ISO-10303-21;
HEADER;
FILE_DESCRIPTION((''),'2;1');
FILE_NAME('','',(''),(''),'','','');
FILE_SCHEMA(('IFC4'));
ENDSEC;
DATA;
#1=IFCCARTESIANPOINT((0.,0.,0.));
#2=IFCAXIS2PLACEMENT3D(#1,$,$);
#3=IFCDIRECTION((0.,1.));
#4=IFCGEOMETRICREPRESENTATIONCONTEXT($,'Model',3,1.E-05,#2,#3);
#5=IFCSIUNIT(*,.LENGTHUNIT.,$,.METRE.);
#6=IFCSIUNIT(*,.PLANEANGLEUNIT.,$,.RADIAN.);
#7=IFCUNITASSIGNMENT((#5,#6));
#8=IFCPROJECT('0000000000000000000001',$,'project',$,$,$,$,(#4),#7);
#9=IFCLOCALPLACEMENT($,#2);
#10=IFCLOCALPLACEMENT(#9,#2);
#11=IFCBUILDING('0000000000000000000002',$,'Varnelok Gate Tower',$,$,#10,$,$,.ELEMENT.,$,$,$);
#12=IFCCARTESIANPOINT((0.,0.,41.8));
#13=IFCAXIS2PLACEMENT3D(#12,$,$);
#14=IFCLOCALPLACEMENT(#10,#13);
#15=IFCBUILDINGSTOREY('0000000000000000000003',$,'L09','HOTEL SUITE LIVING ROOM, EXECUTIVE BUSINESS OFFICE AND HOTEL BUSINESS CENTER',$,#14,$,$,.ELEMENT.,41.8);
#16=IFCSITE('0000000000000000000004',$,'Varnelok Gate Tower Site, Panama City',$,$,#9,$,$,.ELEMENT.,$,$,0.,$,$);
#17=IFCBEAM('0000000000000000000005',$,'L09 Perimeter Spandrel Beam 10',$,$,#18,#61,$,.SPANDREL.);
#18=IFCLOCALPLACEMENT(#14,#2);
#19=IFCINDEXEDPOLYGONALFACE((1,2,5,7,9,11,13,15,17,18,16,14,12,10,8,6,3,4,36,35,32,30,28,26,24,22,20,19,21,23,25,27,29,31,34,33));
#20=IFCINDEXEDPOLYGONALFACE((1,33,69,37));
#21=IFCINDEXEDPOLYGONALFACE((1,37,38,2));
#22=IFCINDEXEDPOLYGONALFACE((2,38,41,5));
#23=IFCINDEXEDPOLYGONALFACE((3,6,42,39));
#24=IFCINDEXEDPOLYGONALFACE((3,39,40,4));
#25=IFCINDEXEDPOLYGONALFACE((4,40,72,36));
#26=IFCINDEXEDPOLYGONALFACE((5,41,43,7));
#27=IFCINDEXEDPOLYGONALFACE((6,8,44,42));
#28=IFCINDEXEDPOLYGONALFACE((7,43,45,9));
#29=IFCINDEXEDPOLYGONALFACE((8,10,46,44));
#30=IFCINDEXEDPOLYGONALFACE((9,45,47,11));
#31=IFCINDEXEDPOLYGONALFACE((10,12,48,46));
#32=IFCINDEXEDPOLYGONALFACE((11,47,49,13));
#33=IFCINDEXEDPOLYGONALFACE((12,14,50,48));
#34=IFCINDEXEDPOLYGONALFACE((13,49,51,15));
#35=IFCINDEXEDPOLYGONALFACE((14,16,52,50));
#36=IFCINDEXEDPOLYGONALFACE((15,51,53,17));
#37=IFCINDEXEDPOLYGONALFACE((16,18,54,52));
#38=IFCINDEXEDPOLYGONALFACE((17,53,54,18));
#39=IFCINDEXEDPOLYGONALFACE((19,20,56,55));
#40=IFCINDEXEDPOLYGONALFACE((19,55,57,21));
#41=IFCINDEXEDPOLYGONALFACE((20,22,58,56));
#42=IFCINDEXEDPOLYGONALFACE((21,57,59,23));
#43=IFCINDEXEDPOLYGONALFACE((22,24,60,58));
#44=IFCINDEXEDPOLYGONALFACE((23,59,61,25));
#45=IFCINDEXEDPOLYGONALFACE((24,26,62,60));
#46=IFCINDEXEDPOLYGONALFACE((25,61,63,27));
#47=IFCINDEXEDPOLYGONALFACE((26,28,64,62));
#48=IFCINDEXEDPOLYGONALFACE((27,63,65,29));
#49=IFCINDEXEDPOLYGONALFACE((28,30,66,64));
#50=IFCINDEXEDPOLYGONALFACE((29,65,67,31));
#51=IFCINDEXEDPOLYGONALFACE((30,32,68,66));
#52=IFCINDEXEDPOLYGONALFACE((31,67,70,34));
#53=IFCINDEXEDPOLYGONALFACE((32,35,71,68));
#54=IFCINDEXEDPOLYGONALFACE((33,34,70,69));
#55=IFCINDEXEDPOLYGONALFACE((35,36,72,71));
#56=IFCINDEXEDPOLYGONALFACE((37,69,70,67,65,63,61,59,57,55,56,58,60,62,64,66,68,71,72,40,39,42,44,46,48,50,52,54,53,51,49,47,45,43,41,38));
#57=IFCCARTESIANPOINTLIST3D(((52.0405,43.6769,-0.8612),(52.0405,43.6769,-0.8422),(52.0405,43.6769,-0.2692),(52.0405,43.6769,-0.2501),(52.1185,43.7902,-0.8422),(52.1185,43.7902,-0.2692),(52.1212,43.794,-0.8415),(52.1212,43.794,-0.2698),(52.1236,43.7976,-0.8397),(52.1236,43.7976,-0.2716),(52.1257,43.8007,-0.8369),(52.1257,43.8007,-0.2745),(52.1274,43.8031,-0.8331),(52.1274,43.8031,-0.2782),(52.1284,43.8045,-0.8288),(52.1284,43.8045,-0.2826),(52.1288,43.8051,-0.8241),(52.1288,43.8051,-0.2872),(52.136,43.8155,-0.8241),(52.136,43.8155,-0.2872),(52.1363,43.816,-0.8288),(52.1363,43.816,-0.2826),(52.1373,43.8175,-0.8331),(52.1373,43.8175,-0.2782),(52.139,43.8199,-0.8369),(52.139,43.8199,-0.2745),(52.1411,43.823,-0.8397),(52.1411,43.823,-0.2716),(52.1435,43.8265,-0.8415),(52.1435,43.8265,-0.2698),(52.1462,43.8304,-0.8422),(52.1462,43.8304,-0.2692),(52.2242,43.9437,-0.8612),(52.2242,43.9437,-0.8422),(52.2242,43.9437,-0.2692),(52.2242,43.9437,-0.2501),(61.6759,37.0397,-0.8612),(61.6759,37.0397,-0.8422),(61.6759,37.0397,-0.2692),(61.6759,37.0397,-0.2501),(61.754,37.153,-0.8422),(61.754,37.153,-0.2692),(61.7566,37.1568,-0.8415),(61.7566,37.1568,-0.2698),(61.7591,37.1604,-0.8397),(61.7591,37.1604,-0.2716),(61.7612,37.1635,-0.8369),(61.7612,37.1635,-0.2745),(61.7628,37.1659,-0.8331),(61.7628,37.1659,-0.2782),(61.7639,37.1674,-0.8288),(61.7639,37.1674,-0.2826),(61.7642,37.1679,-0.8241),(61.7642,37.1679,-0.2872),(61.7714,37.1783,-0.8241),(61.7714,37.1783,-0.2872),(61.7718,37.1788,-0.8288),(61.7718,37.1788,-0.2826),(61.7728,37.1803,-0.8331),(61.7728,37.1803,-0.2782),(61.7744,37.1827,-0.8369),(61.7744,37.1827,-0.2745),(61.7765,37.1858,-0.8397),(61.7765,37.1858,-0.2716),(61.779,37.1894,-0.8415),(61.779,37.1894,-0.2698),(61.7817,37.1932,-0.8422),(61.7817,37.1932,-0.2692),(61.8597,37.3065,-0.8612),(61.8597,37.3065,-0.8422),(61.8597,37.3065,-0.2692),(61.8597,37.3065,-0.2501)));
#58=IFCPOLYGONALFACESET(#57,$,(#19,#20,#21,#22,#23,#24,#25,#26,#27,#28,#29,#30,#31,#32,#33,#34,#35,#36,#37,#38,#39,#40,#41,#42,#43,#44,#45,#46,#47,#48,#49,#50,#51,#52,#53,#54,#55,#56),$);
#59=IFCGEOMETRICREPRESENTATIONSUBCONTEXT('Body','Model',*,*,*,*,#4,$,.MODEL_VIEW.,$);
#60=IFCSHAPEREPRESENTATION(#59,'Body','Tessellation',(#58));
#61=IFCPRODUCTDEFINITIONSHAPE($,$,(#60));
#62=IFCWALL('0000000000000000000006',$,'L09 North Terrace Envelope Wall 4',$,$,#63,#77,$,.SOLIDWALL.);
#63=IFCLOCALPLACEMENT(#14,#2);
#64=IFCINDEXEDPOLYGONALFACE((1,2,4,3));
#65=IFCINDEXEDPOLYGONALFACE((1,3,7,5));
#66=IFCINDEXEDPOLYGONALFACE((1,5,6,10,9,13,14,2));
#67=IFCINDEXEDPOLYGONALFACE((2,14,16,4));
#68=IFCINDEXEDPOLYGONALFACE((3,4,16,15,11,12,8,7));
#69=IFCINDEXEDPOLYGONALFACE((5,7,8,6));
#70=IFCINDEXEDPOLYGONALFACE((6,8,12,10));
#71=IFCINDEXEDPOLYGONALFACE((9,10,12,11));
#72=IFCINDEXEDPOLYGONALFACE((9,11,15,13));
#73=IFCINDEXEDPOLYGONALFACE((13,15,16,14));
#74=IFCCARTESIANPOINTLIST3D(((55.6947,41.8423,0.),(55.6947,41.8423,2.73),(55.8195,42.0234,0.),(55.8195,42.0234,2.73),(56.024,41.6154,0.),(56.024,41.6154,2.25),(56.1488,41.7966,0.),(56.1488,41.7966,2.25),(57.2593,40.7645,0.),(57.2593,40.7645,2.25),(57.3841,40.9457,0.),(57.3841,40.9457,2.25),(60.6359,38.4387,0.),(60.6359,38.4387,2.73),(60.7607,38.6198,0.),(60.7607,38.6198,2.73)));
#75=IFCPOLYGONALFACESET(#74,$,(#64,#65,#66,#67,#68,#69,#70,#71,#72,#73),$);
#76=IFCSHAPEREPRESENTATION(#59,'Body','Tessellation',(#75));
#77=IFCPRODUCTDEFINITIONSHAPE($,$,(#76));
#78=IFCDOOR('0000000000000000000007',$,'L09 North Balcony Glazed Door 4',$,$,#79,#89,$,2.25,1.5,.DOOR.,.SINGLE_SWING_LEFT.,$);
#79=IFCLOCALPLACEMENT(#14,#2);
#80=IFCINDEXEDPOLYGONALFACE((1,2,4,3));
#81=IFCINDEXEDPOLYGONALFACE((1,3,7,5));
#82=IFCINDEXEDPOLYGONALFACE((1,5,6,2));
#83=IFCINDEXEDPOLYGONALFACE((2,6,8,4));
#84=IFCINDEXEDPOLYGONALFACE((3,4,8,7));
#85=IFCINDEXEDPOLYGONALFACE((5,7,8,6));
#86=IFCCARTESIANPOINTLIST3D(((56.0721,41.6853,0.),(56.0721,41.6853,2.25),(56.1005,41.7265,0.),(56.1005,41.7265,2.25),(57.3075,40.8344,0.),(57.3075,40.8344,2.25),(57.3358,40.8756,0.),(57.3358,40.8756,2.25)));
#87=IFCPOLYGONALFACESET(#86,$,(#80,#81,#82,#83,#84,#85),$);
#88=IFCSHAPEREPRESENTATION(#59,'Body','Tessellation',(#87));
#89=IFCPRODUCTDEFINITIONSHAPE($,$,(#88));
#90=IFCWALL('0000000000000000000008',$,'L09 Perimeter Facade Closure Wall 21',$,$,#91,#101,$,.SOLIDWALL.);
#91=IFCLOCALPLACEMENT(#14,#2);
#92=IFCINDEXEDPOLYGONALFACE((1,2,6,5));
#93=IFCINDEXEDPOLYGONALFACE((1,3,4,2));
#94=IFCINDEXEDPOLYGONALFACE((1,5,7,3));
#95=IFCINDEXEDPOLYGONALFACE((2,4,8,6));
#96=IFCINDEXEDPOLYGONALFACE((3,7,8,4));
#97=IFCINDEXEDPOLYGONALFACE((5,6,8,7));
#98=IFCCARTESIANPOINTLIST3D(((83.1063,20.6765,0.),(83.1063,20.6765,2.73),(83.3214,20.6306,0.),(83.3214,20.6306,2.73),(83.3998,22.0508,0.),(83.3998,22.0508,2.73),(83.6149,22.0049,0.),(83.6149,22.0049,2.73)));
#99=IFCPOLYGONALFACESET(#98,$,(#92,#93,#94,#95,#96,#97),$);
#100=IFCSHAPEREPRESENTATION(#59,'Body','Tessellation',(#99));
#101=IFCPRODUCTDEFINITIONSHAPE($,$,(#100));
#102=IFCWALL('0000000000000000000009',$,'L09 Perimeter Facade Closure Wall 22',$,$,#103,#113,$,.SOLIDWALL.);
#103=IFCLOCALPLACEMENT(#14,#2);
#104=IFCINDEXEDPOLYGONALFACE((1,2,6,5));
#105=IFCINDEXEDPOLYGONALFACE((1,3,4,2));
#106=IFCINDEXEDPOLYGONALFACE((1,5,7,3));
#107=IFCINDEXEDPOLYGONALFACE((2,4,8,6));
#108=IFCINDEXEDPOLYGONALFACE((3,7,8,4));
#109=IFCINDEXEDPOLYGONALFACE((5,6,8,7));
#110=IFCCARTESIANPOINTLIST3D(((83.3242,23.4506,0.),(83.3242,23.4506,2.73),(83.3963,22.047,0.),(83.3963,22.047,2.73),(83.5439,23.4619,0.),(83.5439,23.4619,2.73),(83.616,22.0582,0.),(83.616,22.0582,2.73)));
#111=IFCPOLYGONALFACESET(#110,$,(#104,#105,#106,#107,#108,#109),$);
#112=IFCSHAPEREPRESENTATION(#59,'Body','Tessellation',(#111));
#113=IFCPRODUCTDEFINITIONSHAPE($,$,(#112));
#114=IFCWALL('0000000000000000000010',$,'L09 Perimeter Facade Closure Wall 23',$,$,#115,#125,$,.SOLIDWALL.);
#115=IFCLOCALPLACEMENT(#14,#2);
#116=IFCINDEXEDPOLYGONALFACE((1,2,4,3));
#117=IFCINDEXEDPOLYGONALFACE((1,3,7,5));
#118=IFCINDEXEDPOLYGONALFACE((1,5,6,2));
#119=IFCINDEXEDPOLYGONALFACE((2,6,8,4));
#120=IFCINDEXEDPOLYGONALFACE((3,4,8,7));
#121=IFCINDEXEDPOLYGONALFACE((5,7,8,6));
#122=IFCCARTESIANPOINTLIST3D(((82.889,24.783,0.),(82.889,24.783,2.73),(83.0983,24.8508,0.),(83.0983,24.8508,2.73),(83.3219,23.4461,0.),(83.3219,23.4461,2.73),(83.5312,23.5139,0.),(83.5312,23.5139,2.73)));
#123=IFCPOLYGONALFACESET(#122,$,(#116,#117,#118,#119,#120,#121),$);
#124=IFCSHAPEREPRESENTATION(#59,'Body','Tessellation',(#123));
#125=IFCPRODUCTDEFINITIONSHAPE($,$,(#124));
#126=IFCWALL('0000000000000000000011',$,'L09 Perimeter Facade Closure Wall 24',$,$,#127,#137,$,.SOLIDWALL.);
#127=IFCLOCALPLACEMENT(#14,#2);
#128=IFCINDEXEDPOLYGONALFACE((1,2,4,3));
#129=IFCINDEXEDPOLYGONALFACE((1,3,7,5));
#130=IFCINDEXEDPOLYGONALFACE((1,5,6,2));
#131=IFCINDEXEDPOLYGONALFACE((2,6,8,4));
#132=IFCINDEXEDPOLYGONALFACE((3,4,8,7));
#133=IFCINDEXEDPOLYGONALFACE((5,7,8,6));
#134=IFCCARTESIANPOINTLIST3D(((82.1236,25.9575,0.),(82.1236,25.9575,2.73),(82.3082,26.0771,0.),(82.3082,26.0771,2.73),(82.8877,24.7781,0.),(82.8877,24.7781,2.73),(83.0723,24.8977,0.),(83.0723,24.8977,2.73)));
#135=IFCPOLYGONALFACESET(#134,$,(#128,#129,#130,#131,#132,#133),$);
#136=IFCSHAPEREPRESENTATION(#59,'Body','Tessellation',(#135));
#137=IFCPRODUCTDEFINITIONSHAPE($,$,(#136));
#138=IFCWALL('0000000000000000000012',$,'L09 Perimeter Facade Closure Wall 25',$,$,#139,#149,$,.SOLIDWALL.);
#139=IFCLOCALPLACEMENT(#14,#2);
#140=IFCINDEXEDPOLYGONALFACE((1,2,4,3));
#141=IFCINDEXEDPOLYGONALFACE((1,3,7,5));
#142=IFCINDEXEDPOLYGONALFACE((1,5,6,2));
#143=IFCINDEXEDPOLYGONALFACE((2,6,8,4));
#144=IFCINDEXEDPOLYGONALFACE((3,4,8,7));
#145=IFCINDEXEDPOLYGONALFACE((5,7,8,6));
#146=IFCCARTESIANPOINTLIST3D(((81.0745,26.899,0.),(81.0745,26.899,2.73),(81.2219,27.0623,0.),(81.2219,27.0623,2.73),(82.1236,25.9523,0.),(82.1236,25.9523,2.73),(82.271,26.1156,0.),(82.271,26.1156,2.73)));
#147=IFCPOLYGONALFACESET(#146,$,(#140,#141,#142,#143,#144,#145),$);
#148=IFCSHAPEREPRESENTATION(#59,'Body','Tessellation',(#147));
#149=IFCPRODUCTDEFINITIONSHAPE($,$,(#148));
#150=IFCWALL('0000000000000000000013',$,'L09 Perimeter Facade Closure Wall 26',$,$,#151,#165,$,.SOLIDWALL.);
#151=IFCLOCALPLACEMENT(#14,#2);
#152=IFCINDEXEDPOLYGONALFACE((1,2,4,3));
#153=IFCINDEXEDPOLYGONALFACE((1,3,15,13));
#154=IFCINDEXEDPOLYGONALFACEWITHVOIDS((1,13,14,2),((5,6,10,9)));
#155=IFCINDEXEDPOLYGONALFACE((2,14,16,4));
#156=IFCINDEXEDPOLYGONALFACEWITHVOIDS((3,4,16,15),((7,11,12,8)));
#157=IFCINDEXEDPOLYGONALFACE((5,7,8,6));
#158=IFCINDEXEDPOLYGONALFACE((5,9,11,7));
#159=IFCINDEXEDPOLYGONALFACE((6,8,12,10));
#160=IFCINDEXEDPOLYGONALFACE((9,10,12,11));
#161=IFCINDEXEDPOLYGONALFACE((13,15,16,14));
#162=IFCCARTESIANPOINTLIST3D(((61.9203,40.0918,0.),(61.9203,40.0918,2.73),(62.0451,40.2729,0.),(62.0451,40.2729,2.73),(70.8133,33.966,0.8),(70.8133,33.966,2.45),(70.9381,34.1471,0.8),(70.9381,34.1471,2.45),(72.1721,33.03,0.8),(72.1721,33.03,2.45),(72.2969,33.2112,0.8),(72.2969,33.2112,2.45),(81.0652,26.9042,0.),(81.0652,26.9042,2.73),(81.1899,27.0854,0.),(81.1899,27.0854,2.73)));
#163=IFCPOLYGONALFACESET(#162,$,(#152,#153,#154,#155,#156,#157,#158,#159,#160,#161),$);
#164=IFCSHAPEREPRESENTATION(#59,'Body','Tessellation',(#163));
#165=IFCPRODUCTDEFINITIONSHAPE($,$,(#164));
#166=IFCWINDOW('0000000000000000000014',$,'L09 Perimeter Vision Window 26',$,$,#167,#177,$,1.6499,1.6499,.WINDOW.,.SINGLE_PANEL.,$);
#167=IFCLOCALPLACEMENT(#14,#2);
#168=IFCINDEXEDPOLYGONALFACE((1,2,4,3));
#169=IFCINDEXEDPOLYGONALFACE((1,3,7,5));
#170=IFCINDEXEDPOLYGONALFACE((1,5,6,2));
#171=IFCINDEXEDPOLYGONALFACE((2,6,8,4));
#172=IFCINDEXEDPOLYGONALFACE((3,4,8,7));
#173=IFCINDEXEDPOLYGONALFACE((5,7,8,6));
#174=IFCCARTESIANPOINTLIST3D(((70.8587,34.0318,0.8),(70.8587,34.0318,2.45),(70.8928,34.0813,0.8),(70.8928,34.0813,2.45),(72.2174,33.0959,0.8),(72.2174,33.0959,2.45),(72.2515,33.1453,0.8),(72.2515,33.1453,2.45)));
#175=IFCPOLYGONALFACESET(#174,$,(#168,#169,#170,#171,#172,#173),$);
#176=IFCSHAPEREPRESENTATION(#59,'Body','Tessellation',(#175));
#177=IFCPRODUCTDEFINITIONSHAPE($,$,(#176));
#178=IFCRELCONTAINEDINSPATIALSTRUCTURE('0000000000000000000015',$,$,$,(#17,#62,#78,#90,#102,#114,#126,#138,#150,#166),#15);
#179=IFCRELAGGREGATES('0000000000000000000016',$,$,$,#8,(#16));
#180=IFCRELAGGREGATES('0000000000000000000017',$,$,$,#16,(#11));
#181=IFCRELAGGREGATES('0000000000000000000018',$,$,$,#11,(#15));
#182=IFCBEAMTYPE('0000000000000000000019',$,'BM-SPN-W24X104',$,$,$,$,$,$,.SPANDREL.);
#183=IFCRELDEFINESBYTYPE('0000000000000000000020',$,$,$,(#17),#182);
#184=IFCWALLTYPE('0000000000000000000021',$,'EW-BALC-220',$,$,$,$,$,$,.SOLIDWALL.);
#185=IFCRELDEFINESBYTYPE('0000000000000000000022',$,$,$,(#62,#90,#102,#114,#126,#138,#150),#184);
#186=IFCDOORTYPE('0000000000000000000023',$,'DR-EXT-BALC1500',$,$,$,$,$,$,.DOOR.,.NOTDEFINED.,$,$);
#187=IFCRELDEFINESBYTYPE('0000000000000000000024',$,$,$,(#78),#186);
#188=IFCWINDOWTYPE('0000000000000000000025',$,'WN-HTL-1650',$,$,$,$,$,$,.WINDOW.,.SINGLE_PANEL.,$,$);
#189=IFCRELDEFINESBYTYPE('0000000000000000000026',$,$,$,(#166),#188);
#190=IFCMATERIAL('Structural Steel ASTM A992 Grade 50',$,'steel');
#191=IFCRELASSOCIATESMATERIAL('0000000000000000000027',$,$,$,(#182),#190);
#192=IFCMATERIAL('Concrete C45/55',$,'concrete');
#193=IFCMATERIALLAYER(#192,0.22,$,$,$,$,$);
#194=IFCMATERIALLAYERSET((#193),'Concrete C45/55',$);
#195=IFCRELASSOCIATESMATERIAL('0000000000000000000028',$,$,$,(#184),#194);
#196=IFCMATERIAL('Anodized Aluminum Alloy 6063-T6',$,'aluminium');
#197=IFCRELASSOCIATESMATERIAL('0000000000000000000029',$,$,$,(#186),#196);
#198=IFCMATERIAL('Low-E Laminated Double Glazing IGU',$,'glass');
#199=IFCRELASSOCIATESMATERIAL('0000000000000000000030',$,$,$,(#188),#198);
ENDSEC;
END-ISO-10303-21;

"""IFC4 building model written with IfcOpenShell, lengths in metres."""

from ifc_helpers import new_model, si_unit, direction, frame, frame_2d, origin, origin_2d, place, context, subcontext, project, spatial, rectangle, i_section, extrude, material, layer, layer_set, material_profile, profile_set, type_object, element, fill, save


model = new_model("IFC4")

# Units and contexts
model_context = context("Model", 3, precision=1e-05, world=origin(), true_north=direction((0.0, 1.0)))
body_context = subcontext(model_context, "Body", "Model", "MODEL_VIEW")
ifc_project = project(units=[si_unit("LENGTHUNIT", "METRE"), si_unit("PLANEANGLEUNIT", "RADIAN")], contexts=[model_context])

# Site, building, storey
site_placement = place(None, origin())
site = spatial("IfcSite", under=ifc_project, at=site_placement, Name="Varnelok Gate Tower Site, Panama City", CompositionType="ELEMENT", RefElevation=0.0)
building_placement = place(site_placement, origin())
building = spatial("IfcBuilding", under=site, at=building_placement, Name="Varnelok Gate Tower", CompositionType="ELEMENT")
storey_placement = place(building_placement, frame((0.0, 0.0, 41.8)))
storey = spatial("IfcBuildingStorey", under=building, at=storey_placement, Name="L09", Description="HOTEL SUITE LIVING ROOM, EXECUTIVE BUSINESS OFFICE AND HOTEL BUSINESS CENTER", CompositionType="ELEMENT", Elevation=41.8)

# Shared definitions
ifc_material_1 = material(Name="Structural Steel ASTM A992 Grade 50", Category="steel")

# Beam
ifc_material_profile_1 = material_profile(ifc_material_1, i_section(OverallWidth=0.324, OverallDepth=0.6111, WebThickness=0.0127, FlangeThickness=0.019, FilletRadius=0.0181, at=origin_2d()), Name="W24X104")
ifc_profile_set_1 = profile_set([ifc_material_profile_1], Name="Structural Steel ASTM A992 Grade 50")
beam_type_1 = type_object("IfcBeamType", Name="BM-SPN-W24X104", PredefinedType="SPANDREL", material=ifc_profile_set_1)
beam_1_placement = place(storey_placement, frame((61.7678, 37.1731, -0.5557), z_axis=(-0.823531, 0.567272, 0.0), x_axis=(-0.567272, -0.823531, 0.0)))
element("IfcBeam", 1, at=beam_1_placement, inside=storey, type_object=beam_type_1, Name="L09 Perimeter Spandrel Beam 10", PredefinedType="SPANDREL", context=body_context, shape_type="SweptSolid", body=[
    extrude(i_section(OverallWidth=0.324, OverallDepth=0.6111, WebThickness=0.0127, FlangeThickness=0.019, FilletRadius=0.0181, at=origin_2d()), origin(), (0.0, 0.0, 1.0), 11.7002),
])

# Wall, opening, door
ifc_material_2 = material(Name="Concrete C45/55", Category="concrete")
ifc_layer = layer(ifc_material_2, 0.22)
ifc_layer_set = layer_set([ifc_layer], Name="Concrete C45/55")
wall_type = type_object("IfcWallType", Name="EW-BALC-220", PredefinedType="SOLIDWALL", material=ifc_layer_set)
wall_1_placement = place(storey_placement, frame((55.7571, 41.9329, 0.0), z_axis=(0.0, 0.0, 1.0), x_axis=(0.823535, -0.567266, 0.0)))
wall_1 = element("IfcWall", 2, at=wall_1_placement, inside=storey, type_object=wall_type, Name="L09 North Terrace Envelope Wall 4", PredefinedType="SOLIDWALL", context=body_context, shape_type="SweptSolid", body=[
    extrude(rectangle(XDim=6.0, YDim=0.22, at=frame_2d((3.0, 0.0))), origin(), (0.0, 0.0, 1.0), 2.73),
])
opening_1_placement = place(wall_1_placement, frame((0.3999, 0.0, 0.0)))
opening_1 = element("IfcOpeningElement", 3, at=opening_1_placement, cuts=wall_1, PredefinedType="OPENING", context=body_context, shape_type="SweptSolid", body=[
    extrude(rectangle(XDim=1.5, YDim=2.25, at=frame_2d((0.75, 1.125))), frame((0.0, 0.1199, 0.0), z_axis=(0.0, -1.0, 0.0), x_axis=(1.0, 0.0, 0.0)), (0.0, 0.0, 1.0), 0.24),
])
ifc_material_3 = material(Name="Anodized Aluminum Alloy 6063-T6", Category="aluminium")
door_type = type_object("IfcDoorType", Name="DR-EXT-BALC1500", OperationType="NOTDEFINED", PredefinedType="DOOR", material=ifc_material_3)
door_placement = place(opening_1_placement, origin())
door = element("IfcDoor", 4, at=door_placement, inside=storey, type_object=door_type, Name="L09 North Balcony Glazed Door 4", OperationType="SINGLE_SWING_LEFT", OverallHeight=2.25, OverallWidth=1.5, PredefinedType="DOOR", context=body_context, shape_type="SweptSolid", body=[
    extrude(rectangle(XDim=1.5, YDim=2.25, at=frame_2d((0.75, 1.125))), frame((0.0, 0.0249, 0.0), z_axis=(0.0, -1.0, 0.0), x_axis=(1.0, 0.0, 0.0)), (0.0, 0.0, 1.0), 0.05),
])
fill(opening_1, door)

# Walls
wall_2_placement = place(storey_placement, frame((83.2139, 20.6536, 0.0), z_axis=(0.0, 0.0, 1.0), x_axis=(0.208829, 0.977952, 0.0)))
element("IfcWall", 5, at=wall_2_placement, inside=storey, type_object=wall_type, Name="L09 Perimeter Facade Closure Wall 21", PredefinedType="SOLIDWALL", context=body_context, shape_type="SweptSolid", body=[
    extrude(rectangle(XDim=1.4053, YDim=0.22, at=frame_2d((0.7026, 0.0))), origin(), (0.0, 0.0, 1.0), 2.73),
])
wall_3_placement = place(storey_placement, frame((83.5061, 22.0527, 0.0), z_axis=(0.0, 0.0, 1.0), x_axis=(-0.051246, 0.998686, 0.0)))
element("IfcWall", 6, at=wall_3_placement, inside=storey, type_object=wall_type, Name="L09 Perimeter Facade Closure Wall 22", PredefinedType="SOLIDWALL", context=body_context, shape_type="SweptSolid", body=[
    extrude(rectangle(XDim=1.4055, YDim=0.22, at=frame_2d((0.7026, 0.0))), origin(), (0.0, 0.0, 1.0), 2.73),
])
for number, where, z_axis, x_axis, name in (
    (7, (83.4265, 23.48, 0.0), (0.0, 0.0, 1.0), (-0.308033, 0.951376, 0.0), "L09 Perimeter Facade Closure Wall 23"),
    (8, (82.98, 24.8379, 0.0), (0.0, 0.0, 1.0), (-0.543748, 0.839248, 0.0), "L09 Perimeter Facade Closure Wall 24"),
):
    element("IfcWall", number, at=place(storey_placement, frame(where, z_axis=z_axis, x_axis=x_axis)), inside=storey, type_object=wall_type, Name=name, PredefinedType="SOLIDWALL", context=body_context, shape_type="SweptSolid", body=[
        extrude(rectangle(XDim=1.4053, YDim=0.22, at=frame_2d((0.7026, 0.0))), origin(), (0.0, 0.0, 1.0), 2.73),
    ])
wall_4_placement = place(storey_placement, frame((82.1973, 26.0339, 0.0), z_axis=(0.0, 0.0, 1.0), x_axis=(-0.742374, 0.669985, 0.0)))
element("IfcWall", 9, at=wall_4_placement, inside=storey, type_object=wall_type, Name="L09 Perimeter Facade Closure Wall 25", PredefinedType="SOLIDWALL", context=body_context, shape_type="SweptSolid", body=[
    extrude(rectangle(XDim=1.4131, YDim=0.22, at=frame_2d((0.7065, 0.0))), origin(), (0.0, 0.0, 1.0), 2.73),
])

# Wall, opening, window
wall_5_placement = place(storey_placement, frame((81.1274, 26.9949, 0.0), z_axis=(0.0, 0.0, 1.0), x_axis=(-0.82353, 0.567272, 0.0)))
wall_5 = element("IfcWall", 10, at=wall_5_placement, inside=storey, type_object=wall_type, Name="L09 Perimeter Facade Closure Wall 26", PredefinedType="SOLIDWALL", context=body_context, shape_type="SweptSolid", body=[
    extrude(rectangle(XDim=23.2473, YDim=0.22, at=frame_2d((11.6235, 0.0))), origin(), (0.0, 0.0, 1.0), 2.73),
])
opening_2_placement = place(wall_5_placement, frame((10.7986, 0.0, 0.8)))
opening_2 = element("IfcOpeningElement", 11, at=opening_2_placement, cuts=wall_5, PredefinedType="OPENING", context=body_context, shape_type="SweptSolid", body=[
    extrude(rectangle(XDim=1.6499, YDim=1.6499, at=frame_2d((0.825, 0.825))), frame((0.0, 0.1199, 0.0), z_axis=(0.0, -1.0, 0.0), x_axis=(1.0, 0.0, 0.0)), (0.0, 0.0, 1.0), 0.24),
])
ifc_material_4 = material(Name="Low-E Laminated Double Glazing IGU", Category="glass")
window_type = type_object("IfcWindowType", Name="WN-HTL-1650", PartitioningType="SINGLE_PANEL", PredefinedType="WINDOW", material=ifc_material_4)
window_1_placement = place(opening_2_placement, origin())
window_1 = element("IfcWindow", 12, at=window_1_placement, inside=storey, type_object=window_type, Name="L09 Perimeter Vision Window 26", OverallHeight=1.6499, OverallWidth=1.6499, PartitioningType="SINGLE_PANEL", PredefinedType="WINDOW", context=body_context, shape_type="SweptSolid", body=[
    extrude(rectangle(XDim=1.6499, YDim=1.6499, at=frame_2d((0.825, 0.825))), frame((0.0, 0.03, 0.0), z_axis=(0.0, -1.0, 0.0), x_axis=(1.0, 0.0, 0.0)), (0.0, 0.0, 1.0), 0.0601),
])
fill(opening_2, window_1)

save(model, "model.ifc")
